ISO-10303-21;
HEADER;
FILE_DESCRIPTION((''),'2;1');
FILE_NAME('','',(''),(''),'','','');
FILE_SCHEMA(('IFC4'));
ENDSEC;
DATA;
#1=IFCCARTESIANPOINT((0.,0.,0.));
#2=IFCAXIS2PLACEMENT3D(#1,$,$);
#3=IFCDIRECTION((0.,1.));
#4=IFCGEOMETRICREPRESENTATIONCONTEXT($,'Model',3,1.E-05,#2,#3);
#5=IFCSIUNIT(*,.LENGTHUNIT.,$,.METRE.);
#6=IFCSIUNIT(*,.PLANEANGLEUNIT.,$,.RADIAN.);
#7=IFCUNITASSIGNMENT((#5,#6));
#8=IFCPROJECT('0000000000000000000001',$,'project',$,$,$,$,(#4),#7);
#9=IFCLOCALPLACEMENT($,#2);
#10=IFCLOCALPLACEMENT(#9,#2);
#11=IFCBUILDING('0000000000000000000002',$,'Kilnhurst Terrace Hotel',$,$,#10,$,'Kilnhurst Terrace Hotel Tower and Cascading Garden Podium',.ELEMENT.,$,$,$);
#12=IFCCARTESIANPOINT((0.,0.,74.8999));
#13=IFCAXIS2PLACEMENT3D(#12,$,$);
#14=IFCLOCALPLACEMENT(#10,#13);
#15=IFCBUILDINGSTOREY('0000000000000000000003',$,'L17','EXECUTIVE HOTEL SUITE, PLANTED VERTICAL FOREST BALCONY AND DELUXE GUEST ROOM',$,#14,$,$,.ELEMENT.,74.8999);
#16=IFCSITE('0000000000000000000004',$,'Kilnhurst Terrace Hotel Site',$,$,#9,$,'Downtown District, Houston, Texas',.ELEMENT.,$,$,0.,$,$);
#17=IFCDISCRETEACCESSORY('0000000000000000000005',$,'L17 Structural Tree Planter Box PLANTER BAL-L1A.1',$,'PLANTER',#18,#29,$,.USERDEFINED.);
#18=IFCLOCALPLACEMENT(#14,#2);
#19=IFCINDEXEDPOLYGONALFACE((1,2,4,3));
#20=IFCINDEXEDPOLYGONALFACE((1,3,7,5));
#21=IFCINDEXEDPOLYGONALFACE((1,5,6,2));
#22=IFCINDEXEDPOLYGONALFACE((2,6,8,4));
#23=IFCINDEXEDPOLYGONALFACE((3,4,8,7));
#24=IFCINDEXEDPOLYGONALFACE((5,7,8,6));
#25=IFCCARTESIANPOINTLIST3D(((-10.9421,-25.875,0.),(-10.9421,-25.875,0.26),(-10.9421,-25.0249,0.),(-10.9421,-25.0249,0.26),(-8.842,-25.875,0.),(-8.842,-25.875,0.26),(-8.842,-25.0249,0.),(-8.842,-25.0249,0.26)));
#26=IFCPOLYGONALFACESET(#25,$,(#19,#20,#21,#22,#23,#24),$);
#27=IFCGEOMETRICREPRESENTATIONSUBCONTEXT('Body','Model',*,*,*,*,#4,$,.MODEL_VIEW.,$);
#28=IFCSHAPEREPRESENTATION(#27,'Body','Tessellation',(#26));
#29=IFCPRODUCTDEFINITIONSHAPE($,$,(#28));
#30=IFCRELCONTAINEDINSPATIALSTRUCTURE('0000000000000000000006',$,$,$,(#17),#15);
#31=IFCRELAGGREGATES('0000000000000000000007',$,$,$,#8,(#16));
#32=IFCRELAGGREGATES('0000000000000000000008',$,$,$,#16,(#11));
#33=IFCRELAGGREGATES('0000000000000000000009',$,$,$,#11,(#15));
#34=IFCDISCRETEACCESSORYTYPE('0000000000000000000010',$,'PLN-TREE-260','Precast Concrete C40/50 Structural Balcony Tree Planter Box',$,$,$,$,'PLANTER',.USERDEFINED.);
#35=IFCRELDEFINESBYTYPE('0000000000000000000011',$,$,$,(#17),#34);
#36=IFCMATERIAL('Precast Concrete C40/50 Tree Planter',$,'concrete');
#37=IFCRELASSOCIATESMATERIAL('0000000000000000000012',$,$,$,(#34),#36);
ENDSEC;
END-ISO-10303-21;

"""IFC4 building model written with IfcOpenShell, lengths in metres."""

from ifc_helpers import new_model, si_unit, direction, frame, origin, origin_2d, place, context, subcontext, project, spatial, rectangle, extrude, material, type_object, element, save


model = new_model("IFC4")

# Units and contexts
model_context = context("Model", 3, precision=1e-05, world=origin(), true_north=direction((0.0, 1.0)))
body_context = subcontext(model_context, "Body", "Model", "MODEL_VIEW")
ifc_project = project(units=[si_unit("LENGTHUNIT", "METRE"), si_unit("PLANEANGLEUNIT", "RADIAN")], contexts=[model_context])

# Site, building, storey
site_placement = place(None, origin())
site = spatial("IfcSite", under=ifc_project, at=site_placement, Name="Kilnhurst Terrace Hotel Site", LongName="Downtown District, Houston, Texas", CompositionType="ELEMENT", RefElevation=0.0)
building_placement = place(site_placement, origin())
building = spatial("IfcBuilding", under=site, at=building_placement, Name="Kilnhurst Terrace Hotel", LongName="Kilnhurst Terrace Hotel Tower and Cascading Garden Podium", CompositionType="ELEMENT")
storey_placement = place(building_placement, frame((0.0, 0.0, 74.8999)))
storey = spatial("IfcBuildingStorey", under=building, at=storey_placement, Name="L17", Description="EXECUTIVE HOTEL SUITE, PLANTED VERTICAL FOREST BALCONY AND DELUXE GUEST ROOM", CompositionType="ELEMENT", Elevation=74.8999)

# Discrete accessory
ifc_material_1 = material(Name="Precast Concrete C40/50 Tree Planter", Category="concrete")
discrete_accessory_type = type_object("IfcDiscreteAccessoryType", Name="PLN-TREE-260", Description="Precast Concrete C40/50 Structural Balcony Tree Planter Box", ElementType="PLANTER", PredefinedType="USERDEFINED", material=ifc_material_1)
discrete_accessory_placement = place(storey_placement, frame((-9.8921, -25.45, 0.0), z_axis=(0.0, 0.0, 1.0), x_axis=(1.0, 0.0, 0.0)))
element("IfcDiscreteAccessory", 1, at=discrete_accessory_placement, inside=storey, type_object=discrete_accessory_type, Name="L17 Structural Tree Planter Box PLANTER BAL-L1A.1", ObjectType="PLANTER", PredefinedType="USERDEFINED", context=body_context, shape_type="SweptSolid", body=[
    extrude(rectangle(XDim=2.1001, YDim=0.8501, at=origin_2d()), origin(), (0.0, 0.0, 1.0), 0.26),
])

save(model, "model.ifc")
